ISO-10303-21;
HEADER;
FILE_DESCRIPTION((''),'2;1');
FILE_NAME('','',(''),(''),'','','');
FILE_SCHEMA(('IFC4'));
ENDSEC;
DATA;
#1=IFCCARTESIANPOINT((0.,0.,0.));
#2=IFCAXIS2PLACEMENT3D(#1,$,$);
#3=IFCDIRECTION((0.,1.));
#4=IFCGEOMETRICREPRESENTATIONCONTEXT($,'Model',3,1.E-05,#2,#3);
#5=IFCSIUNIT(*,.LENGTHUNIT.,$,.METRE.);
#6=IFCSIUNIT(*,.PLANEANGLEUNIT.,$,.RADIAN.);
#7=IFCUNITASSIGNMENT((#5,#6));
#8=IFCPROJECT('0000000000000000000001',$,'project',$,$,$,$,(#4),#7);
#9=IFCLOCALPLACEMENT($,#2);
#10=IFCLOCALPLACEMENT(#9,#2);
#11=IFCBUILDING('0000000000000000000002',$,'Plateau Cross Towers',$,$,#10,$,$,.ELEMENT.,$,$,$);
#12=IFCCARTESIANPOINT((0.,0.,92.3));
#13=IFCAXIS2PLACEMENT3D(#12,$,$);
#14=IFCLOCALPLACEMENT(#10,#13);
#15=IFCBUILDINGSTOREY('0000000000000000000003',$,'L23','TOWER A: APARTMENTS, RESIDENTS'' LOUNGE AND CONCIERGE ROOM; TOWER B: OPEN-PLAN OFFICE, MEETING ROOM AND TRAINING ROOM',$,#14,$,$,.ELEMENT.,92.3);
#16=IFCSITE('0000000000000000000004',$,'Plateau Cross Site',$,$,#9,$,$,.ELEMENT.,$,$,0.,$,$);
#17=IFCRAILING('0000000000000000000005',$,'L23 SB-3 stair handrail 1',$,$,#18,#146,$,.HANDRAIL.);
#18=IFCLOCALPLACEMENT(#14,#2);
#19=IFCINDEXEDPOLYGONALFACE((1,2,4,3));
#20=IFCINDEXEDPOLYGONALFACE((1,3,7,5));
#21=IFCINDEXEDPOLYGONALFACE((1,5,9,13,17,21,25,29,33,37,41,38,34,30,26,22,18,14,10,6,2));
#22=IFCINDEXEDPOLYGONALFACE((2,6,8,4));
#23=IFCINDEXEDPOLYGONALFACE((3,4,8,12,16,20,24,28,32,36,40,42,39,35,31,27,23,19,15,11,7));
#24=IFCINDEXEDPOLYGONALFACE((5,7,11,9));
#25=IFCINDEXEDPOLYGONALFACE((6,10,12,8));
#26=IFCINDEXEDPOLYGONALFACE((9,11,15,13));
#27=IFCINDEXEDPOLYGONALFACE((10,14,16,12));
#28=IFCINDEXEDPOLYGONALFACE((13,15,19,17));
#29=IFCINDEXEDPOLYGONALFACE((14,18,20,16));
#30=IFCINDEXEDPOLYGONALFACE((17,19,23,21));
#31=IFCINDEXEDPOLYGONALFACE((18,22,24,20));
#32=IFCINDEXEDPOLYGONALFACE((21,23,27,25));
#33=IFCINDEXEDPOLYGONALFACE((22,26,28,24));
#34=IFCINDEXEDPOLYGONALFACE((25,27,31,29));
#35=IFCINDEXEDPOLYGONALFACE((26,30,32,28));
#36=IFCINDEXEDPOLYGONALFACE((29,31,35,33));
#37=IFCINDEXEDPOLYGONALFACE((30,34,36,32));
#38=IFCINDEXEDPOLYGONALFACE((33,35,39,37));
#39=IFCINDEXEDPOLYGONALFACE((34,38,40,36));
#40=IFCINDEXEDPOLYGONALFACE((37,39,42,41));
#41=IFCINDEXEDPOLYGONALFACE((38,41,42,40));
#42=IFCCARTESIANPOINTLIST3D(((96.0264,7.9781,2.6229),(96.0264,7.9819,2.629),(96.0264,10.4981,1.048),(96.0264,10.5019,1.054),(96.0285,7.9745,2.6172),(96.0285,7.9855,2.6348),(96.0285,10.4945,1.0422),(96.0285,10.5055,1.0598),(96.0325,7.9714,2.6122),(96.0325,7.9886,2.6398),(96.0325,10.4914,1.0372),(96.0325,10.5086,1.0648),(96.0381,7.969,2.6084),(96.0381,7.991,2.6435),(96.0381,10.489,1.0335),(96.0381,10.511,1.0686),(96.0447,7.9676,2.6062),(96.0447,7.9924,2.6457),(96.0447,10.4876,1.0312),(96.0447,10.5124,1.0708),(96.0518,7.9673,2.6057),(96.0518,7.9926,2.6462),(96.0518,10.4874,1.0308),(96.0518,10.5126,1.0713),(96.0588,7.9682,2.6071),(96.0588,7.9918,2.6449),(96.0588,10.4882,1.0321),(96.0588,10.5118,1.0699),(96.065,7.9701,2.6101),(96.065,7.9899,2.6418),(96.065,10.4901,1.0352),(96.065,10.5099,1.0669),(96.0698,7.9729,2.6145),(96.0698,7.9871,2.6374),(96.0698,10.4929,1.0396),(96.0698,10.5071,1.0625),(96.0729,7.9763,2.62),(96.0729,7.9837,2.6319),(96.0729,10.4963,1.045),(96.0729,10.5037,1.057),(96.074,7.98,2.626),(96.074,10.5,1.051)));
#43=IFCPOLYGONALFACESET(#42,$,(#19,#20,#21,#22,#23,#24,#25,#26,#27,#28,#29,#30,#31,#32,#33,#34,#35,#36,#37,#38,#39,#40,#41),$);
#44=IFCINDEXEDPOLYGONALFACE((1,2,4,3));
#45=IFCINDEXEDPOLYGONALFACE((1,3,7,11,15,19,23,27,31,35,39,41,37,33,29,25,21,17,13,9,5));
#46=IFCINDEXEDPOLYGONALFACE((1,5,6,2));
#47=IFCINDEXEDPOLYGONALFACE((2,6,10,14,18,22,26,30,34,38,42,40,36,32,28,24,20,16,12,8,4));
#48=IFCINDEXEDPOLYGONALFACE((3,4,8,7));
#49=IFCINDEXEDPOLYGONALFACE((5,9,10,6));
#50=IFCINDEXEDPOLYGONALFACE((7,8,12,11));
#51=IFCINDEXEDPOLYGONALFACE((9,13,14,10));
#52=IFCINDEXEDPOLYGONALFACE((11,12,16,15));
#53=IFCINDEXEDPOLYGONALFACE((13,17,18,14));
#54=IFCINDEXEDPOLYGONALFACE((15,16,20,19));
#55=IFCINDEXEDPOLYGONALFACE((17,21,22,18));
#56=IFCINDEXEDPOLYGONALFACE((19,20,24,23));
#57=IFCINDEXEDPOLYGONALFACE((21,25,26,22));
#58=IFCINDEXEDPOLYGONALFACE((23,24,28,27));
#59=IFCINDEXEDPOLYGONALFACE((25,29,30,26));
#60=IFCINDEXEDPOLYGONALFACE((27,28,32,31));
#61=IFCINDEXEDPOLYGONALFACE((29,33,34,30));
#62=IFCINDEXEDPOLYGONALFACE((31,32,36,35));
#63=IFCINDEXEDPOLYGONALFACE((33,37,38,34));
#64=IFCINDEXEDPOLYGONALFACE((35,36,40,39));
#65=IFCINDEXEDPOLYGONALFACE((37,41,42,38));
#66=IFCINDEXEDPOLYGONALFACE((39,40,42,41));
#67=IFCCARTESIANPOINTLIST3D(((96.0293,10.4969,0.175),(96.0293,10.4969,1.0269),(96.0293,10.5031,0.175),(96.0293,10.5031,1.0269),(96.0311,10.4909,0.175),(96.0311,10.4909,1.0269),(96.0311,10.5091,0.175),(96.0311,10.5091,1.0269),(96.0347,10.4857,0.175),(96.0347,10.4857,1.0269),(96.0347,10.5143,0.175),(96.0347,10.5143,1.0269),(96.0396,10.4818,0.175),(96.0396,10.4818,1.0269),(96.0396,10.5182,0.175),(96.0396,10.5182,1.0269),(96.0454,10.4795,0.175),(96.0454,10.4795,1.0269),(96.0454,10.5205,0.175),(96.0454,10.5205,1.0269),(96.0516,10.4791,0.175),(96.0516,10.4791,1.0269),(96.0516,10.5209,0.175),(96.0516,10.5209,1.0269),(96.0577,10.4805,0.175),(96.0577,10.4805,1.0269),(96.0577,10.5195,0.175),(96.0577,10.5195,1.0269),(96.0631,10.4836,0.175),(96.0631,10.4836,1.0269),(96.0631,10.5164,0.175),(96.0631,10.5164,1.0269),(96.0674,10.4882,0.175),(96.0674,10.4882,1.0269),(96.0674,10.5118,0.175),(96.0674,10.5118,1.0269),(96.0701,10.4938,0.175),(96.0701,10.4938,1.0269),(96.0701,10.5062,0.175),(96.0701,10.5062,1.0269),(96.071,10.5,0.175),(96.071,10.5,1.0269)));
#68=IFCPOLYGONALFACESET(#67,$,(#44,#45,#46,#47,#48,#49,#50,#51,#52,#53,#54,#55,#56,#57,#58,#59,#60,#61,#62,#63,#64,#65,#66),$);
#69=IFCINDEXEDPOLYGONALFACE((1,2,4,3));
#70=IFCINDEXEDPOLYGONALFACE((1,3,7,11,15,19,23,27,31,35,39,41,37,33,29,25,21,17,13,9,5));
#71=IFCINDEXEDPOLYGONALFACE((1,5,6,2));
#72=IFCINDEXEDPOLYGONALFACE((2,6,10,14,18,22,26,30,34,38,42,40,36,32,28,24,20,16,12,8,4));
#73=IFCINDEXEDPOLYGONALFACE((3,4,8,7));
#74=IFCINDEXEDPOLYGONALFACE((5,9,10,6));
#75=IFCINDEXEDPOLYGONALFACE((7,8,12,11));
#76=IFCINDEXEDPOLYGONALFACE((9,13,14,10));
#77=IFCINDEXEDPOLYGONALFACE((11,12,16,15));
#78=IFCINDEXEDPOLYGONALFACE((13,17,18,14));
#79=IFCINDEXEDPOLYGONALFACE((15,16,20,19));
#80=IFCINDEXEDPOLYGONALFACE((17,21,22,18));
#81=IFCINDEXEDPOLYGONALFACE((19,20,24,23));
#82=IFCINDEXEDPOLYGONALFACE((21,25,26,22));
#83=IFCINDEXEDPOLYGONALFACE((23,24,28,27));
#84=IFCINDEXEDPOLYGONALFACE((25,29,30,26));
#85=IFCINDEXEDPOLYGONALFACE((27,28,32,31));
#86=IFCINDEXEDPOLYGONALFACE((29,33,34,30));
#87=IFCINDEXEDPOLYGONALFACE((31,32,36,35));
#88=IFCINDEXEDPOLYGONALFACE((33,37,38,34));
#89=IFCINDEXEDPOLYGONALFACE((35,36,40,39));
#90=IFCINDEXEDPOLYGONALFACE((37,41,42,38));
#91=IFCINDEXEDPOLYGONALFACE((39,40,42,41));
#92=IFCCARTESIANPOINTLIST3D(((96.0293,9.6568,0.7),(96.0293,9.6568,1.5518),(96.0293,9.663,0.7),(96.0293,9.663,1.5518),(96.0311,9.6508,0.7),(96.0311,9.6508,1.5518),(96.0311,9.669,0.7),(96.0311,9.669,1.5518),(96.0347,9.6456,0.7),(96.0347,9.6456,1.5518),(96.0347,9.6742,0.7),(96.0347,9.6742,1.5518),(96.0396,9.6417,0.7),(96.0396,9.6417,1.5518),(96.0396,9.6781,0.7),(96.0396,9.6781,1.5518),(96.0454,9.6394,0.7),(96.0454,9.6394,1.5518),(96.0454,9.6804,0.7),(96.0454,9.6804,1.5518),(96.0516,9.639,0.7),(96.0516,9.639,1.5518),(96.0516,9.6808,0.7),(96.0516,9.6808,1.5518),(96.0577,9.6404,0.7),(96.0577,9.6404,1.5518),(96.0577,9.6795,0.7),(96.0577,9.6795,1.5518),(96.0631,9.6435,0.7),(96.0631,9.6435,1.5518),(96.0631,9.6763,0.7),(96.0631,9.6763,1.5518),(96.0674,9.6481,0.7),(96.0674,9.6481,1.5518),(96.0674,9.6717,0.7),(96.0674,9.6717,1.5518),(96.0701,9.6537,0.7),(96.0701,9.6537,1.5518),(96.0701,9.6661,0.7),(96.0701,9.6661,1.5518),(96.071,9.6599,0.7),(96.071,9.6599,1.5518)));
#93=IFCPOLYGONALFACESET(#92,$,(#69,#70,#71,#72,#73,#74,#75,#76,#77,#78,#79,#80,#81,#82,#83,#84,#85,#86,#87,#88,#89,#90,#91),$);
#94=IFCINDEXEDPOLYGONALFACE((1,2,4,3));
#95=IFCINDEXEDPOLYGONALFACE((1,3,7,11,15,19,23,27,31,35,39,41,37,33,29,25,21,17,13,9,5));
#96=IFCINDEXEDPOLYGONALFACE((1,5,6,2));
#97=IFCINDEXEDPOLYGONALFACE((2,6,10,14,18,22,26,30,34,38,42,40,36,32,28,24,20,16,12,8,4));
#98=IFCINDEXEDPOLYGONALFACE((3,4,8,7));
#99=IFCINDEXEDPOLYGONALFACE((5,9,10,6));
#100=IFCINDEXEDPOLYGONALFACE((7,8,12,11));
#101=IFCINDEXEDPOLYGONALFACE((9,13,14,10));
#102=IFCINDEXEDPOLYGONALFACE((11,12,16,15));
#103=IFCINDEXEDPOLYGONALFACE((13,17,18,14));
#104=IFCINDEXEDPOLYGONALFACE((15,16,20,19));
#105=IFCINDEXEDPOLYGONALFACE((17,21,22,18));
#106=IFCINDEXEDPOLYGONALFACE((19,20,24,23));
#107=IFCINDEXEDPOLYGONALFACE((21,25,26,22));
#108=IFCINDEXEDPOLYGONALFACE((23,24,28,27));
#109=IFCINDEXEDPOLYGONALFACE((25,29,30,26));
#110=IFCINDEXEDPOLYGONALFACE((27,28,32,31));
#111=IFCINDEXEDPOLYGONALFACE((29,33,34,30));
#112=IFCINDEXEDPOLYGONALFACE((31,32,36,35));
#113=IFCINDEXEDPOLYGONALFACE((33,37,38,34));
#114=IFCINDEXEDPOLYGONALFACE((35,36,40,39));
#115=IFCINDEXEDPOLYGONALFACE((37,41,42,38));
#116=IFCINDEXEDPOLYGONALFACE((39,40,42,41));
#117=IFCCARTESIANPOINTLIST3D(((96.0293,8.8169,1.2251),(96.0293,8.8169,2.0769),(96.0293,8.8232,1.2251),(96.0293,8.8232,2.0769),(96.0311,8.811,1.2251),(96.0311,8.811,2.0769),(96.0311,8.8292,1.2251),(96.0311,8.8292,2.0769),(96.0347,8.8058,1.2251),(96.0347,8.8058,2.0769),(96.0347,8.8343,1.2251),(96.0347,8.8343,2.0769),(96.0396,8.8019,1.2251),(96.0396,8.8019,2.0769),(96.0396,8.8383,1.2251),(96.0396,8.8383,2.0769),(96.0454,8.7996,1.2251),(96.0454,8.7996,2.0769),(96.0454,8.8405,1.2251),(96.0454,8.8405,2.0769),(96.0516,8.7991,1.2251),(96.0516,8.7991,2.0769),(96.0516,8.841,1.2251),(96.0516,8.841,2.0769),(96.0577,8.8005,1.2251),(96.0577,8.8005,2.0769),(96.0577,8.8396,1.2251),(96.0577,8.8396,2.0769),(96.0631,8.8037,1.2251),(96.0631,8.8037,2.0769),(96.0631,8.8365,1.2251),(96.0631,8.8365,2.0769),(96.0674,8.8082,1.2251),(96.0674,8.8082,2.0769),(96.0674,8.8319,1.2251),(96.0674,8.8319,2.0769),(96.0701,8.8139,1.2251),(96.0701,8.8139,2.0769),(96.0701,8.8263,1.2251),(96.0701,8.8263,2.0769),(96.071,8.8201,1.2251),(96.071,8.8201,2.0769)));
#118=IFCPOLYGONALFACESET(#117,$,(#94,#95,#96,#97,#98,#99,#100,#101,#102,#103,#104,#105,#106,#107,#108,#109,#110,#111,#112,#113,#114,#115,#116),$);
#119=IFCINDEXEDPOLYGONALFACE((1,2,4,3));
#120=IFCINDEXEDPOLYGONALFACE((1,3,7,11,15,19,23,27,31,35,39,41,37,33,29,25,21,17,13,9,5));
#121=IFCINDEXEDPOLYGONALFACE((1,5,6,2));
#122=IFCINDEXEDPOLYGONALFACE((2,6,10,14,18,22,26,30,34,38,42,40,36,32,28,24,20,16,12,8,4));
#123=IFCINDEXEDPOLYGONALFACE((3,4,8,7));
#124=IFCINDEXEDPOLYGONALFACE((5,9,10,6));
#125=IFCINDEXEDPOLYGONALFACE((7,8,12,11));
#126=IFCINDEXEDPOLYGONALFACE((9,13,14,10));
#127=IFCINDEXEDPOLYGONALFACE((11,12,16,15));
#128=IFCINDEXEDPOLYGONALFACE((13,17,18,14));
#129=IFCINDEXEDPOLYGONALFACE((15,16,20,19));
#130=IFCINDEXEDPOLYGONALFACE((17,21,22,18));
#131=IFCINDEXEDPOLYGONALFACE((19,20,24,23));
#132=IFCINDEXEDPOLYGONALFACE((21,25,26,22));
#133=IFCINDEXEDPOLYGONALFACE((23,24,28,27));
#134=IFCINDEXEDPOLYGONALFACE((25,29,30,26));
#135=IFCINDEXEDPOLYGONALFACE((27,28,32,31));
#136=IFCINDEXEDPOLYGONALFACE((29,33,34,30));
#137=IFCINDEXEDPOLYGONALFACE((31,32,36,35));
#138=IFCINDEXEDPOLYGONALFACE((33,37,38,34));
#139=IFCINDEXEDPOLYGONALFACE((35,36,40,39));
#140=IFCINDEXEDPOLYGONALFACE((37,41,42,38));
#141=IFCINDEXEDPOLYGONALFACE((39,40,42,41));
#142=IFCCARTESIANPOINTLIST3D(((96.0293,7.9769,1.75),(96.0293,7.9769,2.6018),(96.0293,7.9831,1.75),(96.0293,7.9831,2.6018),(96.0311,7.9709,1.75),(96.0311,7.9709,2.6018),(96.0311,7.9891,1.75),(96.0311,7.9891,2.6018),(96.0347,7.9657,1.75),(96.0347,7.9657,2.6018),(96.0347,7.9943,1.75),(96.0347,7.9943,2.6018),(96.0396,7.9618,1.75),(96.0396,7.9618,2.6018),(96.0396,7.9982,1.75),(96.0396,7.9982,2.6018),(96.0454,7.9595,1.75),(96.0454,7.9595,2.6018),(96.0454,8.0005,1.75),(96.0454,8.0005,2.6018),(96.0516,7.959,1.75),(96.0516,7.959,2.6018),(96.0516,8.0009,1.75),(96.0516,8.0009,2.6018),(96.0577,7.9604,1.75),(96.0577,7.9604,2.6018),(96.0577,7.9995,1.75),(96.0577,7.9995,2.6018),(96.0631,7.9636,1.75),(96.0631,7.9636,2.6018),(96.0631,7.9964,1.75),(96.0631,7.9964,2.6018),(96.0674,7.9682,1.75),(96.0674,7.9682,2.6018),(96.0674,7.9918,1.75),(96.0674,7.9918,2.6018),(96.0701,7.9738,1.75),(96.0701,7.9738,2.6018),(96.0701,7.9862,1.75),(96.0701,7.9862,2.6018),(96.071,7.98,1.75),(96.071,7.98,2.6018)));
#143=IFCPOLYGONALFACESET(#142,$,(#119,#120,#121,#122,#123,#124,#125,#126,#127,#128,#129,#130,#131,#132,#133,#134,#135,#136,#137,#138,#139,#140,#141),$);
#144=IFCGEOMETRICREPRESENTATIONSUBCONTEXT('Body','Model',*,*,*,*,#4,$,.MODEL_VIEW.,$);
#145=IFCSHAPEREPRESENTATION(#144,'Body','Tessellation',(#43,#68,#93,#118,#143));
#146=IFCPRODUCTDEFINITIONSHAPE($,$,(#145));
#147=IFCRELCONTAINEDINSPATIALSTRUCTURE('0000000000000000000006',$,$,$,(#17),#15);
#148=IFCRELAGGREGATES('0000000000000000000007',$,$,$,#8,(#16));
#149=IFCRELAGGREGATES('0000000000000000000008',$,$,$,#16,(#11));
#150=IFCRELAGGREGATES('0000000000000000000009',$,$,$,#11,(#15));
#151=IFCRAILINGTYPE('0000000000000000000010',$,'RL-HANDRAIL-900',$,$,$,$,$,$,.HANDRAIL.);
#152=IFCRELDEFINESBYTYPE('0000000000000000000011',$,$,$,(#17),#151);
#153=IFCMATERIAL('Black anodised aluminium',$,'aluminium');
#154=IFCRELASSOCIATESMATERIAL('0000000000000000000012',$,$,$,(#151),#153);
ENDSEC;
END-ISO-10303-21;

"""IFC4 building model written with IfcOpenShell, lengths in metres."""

from ifc_helpers import new_model, si_unit, direction, frame, origin, origin_2d, place, context, subcontext, project, spatial, circle, extrude, material, type_object, element, save


model = new_model("IFC4")

# Units and contexts
model_context = context("Model", 3, precision=1e-05, world=origin(), true_north=direction((0.0, 1.0)))
body_context = subcontext(model_context, "Body", "Model", "MODEL_VIEW")
ifc_project = project(units=[si_unit("LENGTHUNIT", "METRE"), si_unit("PLANEANGLEUNIT", "RADIAN")], contexts=[model_context])

# Site, building, storey
site_placement = place(None, origin())
site = spatial("IfcSite", under=ifc_project, at=site_placement, Name="Plateau Cross Site", CompositionType="ELEMENT", RefElevation=0.0)
building_placement = place(site_placement, origin())
building = spatial("IfcBuilding", under=site, at=building_placement, Name="Plateau Cross Towers", CompositionType="ELEMENT")
storey_placement = place(building_placement, frame((0.0, 0.0, 92.3)))
storey = spatial("IfcBuildingStorey", under=building, at=storey_placement, Name="L23", Description="TOWER A: APARTMENTS, RESIDENTS' LOUNGE AND CONCIERGE ROOM; TOWER B: OPEN-PLAN OFFICE, MEETING ROOM AND TRAINING ROOM", CompositionType="ELEMENT", Elevation=92.3)

# Shared definitions
ifc_material_1 = material(Name="Black anodised aluminium", Category="aluminium")

# Railing
railing_type_1 = type_object("IfcRailingType", Name="RL-HANDRAIL-900", PredefinedType="HANDRAIL", material=ifc_material_1)
railing_1_placement = place(storey_placement, frame((96.05, 10.5, 0.175)))
element("IfcRailing", 1, at=railing_1_placement, inside=storey, type_object=railing_type_1, Name="L23 SB-3 stair handrail 1", PredefinedType="HANDRAIL", context=body_context, shape_type="SweptSolid", body=[
    extrude(circle(Radius=0.0239, at=origin_2d()), frame((0.0, 0.0, 0.876), z_axis=(0.0, -0.848008, 0.529984), x_axis=(1.0, 0.0, 0.0)), (0.0, 0.0, 1.0), 2.9717),
    extrude(circle(Radius=0.021, at=origin_2d()), origin(), (0.0, 0.0, 1.0), 0.8518),
    extrude(circle(Radius=0.021, at=origin_2d()), frame((0.0, -0.8401, 0.5249)), (0.0, 0.0, 1.0), 0.8518),
    extrude(circle(Radius=0.021, at=origin_2d()), frame((0.0, -1.6799, 1.05)), (0.0, 0.0, 1.0), 0.8518),
    extrude(circle(Radius=0.021, at=origin_2d()), frame((0.0, -2.52, 1.575)), (0.0, 0.0, 1.0), 0.8518),
])

save(model, "model.ifc")
